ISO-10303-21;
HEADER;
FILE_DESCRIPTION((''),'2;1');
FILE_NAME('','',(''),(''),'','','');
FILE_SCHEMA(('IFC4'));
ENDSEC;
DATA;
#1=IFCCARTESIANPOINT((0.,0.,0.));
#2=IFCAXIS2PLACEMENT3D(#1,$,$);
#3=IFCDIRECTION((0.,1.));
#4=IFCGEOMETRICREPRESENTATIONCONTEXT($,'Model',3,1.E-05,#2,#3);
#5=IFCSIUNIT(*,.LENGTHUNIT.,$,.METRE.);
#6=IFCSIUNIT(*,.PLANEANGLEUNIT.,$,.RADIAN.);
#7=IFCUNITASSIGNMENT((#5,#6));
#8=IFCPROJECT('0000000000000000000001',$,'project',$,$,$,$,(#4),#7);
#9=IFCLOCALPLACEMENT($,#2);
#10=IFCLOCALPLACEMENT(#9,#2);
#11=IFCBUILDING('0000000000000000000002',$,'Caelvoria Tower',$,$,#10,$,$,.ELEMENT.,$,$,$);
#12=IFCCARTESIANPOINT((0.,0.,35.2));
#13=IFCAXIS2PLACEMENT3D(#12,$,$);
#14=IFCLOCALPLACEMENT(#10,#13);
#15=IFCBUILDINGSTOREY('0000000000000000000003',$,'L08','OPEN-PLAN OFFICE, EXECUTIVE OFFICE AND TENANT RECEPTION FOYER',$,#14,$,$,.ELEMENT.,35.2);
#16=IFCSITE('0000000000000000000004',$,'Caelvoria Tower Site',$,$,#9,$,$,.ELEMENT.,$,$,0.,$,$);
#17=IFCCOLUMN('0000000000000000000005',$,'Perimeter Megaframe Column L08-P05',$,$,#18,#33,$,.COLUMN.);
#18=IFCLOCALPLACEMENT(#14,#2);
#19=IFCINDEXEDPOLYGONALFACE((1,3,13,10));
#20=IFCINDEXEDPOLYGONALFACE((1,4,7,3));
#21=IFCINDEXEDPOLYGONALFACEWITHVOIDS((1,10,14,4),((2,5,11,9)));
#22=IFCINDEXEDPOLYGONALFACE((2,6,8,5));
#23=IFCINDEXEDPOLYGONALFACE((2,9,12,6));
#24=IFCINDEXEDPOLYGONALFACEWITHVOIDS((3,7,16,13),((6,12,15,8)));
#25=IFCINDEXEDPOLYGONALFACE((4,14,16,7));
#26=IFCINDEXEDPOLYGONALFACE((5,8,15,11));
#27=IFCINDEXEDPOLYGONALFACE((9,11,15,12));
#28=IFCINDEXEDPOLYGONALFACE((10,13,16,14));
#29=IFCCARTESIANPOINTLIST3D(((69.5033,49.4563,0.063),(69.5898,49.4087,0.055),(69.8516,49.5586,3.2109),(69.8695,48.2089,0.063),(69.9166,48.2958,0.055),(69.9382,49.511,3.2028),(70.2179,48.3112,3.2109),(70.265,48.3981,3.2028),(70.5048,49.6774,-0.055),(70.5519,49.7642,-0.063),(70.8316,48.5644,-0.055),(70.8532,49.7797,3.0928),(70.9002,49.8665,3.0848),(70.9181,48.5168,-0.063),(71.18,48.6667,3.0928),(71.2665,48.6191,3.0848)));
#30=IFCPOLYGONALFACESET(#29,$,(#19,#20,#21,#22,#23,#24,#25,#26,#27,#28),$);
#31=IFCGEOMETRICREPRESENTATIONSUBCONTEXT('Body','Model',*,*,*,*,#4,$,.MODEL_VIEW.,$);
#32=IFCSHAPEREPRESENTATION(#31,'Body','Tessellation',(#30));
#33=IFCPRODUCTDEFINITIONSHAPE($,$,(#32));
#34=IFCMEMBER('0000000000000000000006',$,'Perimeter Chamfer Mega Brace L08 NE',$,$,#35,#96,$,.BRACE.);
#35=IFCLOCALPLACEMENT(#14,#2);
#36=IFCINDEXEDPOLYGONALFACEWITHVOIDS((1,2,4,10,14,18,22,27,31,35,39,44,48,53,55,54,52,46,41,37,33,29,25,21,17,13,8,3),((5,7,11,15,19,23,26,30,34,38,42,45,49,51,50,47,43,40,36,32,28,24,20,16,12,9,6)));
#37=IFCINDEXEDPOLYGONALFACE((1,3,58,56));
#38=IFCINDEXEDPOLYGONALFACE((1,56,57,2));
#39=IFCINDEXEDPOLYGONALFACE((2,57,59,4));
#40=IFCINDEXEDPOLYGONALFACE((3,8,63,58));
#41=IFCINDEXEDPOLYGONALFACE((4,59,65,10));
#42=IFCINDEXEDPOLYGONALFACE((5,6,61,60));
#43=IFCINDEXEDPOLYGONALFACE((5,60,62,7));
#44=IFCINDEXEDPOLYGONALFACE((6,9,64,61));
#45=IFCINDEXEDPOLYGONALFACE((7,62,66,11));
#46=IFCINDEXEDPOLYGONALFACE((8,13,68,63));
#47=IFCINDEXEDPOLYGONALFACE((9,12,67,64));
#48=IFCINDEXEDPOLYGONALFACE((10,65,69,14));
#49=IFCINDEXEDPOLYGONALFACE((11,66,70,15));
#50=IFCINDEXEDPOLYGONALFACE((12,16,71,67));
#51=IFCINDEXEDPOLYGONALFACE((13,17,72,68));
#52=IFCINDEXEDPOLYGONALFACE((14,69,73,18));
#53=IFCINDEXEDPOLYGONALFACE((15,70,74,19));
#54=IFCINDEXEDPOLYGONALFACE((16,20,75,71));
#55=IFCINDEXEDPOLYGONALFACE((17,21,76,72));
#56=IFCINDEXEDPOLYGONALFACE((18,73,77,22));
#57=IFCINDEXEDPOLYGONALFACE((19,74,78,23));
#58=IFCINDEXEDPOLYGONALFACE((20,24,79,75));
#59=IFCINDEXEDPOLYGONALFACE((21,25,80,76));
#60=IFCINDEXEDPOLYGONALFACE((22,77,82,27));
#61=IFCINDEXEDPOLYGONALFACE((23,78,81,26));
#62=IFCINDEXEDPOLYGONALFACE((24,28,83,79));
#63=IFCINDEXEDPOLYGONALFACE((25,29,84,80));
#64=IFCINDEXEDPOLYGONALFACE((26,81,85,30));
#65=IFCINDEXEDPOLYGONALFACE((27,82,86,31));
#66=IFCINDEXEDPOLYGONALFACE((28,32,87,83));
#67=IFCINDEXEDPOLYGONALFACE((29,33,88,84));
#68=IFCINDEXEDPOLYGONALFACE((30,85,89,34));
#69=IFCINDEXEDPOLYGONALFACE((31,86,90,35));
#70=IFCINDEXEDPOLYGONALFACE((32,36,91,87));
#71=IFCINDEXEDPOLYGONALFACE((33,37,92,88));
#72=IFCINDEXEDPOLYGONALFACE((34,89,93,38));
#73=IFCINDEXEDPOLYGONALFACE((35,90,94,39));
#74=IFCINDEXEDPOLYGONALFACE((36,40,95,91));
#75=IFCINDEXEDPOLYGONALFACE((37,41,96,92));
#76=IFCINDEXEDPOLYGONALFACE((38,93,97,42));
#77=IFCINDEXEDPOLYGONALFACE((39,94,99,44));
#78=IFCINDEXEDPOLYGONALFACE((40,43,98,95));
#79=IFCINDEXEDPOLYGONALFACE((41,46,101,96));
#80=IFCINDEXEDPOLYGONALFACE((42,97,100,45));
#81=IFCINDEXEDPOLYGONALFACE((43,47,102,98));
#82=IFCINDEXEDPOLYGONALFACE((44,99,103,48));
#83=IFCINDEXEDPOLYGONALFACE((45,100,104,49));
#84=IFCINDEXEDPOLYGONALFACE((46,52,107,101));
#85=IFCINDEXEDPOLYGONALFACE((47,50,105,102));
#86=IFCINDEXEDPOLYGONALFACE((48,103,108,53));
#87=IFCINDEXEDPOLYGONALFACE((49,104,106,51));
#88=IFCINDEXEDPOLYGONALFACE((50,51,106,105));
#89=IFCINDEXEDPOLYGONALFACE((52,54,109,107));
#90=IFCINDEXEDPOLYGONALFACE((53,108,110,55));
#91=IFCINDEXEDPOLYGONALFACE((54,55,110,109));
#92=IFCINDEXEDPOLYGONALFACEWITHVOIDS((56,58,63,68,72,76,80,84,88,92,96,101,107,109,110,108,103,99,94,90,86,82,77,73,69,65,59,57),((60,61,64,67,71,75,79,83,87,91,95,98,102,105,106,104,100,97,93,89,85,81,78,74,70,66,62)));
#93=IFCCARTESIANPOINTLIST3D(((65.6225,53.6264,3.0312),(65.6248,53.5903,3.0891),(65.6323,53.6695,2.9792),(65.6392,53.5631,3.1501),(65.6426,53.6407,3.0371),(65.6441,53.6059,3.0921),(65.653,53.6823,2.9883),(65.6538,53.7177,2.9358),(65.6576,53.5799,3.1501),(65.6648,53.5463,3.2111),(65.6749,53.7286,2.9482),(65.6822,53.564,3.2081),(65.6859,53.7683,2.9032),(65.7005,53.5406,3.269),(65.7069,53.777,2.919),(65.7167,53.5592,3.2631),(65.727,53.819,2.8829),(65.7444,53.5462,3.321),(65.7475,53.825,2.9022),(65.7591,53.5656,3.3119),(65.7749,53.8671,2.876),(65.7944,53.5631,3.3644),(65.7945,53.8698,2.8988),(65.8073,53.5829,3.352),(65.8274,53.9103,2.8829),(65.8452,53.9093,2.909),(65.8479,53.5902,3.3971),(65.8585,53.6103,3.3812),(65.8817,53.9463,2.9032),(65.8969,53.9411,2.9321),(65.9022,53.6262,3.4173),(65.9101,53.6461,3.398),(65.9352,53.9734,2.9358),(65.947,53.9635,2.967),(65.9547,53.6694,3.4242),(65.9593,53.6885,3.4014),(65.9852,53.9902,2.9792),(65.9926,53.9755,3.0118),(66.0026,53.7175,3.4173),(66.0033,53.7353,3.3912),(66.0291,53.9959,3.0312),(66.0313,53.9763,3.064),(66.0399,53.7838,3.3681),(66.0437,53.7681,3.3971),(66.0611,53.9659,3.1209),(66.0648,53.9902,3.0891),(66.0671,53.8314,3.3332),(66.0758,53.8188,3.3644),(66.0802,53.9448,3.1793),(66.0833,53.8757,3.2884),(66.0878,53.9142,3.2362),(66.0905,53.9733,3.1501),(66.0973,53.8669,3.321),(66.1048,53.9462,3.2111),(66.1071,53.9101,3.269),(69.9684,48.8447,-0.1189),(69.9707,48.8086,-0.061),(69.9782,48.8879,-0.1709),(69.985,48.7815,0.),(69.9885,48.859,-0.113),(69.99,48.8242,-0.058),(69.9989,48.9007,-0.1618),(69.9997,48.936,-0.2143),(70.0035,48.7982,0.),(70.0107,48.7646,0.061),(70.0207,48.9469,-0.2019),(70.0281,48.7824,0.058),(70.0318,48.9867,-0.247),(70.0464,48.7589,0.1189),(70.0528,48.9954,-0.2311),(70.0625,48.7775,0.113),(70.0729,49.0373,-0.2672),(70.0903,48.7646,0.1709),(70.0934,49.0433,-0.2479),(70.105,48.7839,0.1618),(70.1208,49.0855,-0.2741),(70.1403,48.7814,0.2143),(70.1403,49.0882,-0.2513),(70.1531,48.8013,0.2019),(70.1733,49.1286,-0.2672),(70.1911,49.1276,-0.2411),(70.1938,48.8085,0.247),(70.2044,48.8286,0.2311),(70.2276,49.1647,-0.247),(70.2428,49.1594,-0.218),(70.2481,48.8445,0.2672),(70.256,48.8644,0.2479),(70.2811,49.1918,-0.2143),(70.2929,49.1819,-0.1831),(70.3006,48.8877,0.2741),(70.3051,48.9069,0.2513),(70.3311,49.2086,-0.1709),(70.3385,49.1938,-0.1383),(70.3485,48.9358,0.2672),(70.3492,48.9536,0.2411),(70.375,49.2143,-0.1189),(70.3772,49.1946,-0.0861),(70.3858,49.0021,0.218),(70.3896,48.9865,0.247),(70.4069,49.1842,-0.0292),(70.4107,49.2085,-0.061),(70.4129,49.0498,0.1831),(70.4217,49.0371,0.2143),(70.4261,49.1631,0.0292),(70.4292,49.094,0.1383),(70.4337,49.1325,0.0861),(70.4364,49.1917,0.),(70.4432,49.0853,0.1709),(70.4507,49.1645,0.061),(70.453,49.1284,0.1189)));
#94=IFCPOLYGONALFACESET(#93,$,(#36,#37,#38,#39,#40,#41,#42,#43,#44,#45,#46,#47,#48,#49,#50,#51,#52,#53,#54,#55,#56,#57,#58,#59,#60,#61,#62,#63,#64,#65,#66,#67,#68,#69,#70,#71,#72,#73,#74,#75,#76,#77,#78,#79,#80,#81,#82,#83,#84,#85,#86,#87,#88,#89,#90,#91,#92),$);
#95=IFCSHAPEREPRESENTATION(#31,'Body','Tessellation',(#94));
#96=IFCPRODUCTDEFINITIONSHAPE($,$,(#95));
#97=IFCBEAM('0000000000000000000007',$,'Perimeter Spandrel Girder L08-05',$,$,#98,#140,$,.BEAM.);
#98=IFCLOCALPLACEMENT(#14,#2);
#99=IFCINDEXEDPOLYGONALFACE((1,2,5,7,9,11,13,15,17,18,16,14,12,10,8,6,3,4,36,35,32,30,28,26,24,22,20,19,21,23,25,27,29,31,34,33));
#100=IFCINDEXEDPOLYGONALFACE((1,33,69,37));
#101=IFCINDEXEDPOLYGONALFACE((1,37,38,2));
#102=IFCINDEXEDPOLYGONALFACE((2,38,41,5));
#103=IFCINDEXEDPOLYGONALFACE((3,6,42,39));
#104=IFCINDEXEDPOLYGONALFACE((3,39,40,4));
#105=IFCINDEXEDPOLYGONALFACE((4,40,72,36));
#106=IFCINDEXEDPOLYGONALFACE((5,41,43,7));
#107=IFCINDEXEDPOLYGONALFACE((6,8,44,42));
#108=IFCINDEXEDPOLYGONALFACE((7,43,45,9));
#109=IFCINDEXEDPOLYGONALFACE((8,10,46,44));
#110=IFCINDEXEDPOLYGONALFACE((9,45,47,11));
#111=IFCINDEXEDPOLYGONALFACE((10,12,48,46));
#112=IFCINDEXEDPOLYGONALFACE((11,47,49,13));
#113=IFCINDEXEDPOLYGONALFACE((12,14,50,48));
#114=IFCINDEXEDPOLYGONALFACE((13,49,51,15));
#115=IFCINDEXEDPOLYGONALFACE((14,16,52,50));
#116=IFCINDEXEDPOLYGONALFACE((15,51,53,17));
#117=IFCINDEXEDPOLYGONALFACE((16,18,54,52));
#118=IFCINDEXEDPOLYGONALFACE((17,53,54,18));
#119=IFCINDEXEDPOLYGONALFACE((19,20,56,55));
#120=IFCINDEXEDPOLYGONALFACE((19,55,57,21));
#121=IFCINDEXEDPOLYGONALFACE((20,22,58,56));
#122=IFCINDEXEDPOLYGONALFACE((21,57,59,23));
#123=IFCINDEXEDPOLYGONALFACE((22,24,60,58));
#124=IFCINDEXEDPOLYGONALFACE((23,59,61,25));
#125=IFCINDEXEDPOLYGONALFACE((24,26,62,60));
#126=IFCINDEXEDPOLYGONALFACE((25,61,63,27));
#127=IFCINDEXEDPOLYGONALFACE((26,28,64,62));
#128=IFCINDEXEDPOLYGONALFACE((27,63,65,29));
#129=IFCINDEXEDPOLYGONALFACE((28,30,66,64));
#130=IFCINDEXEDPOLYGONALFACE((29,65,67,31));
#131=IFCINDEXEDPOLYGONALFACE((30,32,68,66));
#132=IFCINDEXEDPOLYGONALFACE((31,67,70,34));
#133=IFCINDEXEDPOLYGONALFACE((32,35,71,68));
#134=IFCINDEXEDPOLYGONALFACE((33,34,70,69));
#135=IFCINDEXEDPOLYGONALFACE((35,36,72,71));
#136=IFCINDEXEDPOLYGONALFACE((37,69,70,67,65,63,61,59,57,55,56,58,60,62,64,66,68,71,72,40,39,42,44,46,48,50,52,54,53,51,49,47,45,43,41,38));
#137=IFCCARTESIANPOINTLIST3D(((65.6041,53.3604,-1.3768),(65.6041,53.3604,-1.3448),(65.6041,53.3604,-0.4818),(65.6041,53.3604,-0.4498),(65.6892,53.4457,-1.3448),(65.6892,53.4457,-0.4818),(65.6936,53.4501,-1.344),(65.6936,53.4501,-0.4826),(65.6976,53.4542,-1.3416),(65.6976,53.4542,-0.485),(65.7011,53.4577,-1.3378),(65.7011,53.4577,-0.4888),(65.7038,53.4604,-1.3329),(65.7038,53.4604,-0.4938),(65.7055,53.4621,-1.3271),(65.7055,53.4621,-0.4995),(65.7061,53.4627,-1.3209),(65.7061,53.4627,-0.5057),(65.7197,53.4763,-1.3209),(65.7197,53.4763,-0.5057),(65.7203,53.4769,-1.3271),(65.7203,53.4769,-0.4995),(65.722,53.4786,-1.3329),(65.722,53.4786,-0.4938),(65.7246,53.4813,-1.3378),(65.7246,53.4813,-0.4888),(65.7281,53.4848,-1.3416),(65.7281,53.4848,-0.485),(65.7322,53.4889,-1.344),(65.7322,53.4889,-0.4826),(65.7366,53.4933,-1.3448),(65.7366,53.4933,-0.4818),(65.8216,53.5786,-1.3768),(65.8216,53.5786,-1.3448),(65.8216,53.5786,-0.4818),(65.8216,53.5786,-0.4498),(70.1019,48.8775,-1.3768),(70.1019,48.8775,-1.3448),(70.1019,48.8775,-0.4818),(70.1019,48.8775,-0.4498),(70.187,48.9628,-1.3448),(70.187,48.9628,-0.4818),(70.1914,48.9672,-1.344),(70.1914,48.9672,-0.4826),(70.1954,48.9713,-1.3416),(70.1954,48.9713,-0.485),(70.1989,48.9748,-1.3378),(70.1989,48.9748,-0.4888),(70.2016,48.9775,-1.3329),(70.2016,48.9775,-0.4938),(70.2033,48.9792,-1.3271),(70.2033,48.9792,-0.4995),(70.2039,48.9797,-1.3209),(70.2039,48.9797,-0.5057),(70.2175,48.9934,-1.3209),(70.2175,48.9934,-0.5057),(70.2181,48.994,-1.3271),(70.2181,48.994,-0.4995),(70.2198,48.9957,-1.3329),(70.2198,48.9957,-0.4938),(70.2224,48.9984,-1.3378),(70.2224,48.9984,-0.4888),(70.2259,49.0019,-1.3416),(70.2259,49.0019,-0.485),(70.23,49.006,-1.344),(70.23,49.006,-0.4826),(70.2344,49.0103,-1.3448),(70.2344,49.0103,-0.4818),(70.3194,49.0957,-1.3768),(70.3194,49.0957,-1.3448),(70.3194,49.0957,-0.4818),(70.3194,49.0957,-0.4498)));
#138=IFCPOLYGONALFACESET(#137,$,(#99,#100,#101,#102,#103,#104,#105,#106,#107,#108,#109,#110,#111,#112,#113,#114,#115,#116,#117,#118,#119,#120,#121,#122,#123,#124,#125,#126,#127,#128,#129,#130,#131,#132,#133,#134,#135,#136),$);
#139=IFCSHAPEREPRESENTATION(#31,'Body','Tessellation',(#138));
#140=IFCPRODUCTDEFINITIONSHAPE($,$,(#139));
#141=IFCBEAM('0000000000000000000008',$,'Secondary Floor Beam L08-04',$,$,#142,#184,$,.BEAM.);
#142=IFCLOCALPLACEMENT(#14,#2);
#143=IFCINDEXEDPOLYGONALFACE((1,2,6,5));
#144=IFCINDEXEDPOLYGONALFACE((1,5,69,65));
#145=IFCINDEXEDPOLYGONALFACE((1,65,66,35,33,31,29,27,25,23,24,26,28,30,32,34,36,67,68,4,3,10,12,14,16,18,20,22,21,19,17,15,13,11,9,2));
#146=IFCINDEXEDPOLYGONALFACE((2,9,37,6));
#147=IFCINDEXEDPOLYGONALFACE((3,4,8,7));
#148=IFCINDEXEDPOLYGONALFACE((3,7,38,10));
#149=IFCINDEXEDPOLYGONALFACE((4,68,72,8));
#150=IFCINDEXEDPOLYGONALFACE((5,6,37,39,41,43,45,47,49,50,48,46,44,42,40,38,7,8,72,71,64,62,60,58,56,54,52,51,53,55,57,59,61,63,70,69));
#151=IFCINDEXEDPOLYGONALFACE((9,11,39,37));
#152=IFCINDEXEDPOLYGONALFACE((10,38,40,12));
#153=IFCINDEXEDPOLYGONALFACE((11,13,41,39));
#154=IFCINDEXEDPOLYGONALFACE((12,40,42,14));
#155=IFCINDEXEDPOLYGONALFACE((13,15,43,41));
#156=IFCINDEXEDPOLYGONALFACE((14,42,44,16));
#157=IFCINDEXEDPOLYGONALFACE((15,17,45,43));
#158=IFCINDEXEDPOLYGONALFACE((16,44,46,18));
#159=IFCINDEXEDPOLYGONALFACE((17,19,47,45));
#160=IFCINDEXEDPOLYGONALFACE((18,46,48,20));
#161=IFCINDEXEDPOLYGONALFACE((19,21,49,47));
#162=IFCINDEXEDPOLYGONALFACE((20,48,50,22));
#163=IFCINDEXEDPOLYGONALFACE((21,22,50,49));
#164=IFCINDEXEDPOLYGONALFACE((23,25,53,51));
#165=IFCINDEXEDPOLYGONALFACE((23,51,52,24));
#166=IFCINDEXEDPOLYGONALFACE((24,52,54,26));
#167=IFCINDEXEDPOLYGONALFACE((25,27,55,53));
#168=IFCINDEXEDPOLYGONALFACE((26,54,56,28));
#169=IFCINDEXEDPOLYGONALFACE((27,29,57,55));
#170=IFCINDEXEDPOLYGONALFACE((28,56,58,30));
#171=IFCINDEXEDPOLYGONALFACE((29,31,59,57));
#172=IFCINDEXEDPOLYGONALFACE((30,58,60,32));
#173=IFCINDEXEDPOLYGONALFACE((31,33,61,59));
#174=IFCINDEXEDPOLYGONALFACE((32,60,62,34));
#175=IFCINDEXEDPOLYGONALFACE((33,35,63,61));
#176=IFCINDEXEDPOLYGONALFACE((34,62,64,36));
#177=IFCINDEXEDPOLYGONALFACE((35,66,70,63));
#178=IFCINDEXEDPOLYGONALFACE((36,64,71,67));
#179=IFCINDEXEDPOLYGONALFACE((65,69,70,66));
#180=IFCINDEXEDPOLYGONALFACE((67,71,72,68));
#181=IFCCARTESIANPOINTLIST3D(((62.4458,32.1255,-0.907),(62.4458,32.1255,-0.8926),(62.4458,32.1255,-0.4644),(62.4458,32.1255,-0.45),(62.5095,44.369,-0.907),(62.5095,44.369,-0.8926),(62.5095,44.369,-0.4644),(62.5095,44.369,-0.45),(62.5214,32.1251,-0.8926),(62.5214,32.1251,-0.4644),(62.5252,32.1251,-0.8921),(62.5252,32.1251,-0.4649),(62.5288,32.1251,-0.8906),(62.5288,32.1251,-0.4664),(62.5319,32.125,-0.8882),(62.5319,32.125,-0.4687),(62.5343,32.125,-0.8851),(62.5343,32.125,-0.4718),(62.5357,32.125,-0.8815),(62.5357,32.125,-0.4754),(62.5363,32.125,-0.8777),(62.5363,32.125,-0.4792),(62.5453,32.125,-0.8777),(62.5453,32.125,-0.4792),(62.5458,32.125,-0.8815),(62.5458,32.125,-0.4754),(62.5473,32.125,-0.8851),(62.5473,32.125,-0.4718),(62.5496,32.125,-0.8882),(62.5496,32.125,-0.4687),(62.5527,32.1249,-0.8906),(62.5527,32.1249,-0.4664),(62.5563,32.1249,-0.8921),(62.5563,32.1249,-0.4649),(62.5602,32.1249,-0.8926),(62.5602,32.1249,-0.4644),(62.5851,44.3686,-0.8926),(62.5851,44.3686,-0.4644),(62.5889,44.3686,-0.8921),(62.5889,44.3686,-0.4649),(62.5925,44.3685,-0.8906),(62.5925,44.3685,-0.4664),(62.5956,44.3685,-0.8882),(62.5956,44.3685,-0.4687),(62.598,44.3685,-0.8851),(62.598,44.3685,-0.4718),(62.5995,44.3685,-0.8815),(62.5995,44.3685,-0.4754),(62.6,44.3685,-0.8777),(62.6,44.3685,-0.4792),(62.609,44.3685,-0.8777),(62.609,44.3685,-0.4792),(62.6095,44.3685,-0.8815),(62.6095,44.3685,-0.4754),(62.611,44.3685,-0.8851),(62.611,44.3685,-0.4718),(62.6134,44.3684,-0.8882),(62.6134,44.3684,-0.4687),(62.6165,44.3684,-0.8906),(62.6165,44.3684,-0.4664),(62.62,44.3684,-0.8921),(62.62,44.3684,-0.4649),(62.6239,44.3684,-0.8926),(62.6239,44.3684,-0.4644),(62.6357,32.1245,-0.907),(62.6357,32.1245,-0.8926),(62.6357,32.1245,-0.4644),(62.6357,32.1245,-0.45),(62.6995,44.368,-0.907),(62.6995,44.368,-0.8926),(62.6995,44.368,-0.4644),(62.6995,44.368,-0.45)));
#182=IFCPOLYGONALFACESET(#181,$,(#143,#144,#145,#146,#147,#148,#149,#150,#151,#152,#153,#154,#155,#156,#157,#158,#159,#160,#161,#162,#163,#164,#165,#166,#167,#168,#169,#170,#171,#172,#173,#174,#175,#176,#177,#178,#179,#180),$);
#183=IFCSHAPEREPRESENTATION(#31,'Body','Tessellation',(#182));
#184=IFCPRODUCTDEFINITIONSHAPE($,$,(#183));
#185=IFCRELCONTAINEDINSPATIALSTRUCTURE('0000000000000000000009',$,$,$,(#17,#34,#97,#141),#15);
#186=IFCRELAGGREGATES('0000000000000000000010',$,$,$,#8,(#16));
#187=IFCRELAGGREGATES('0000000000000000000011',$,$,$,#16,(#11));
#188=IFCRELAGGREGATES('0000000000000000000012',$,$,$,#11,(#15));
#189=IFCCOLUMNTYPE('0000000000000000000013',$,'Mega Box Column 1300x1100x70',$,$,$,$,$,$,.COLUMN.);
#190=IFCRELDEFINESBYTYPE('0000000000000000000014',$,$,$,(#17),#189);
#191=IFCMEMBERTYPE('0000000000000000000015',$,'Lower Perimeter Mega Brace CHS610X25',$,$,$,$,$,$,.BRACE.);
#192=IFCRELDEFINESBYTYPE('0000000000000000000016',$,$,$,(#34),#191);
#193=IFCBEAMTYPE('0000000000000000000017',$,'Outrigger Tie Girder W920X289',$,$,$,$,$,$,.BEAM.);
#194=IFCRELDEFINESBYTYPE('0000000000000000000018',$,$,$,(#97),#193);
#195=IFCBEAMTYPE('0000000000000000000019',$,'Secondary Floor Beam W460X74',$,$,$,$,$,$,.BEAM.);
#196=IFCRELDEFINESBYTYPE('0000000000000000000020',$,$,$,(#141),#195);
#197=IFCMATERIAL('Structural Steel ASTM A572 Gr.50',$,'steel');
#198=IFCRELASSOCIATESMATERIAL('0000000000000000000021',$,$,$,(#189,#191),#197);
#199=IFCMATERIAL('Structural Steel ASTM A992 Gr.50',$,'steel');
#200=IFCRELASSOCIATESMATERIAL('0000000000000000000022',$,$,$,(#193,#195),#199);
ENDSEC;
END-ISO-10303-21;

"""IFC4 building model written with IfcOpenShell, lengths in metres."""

from ifc_helpers import new_model, si_unit, direction, frame, origin, origin_2d, place, context, subcontext, project, spatial, hollow_rectangle, hollow_circle, i_section, extrude, material, material_profile, profile_set, type_object, element, save


model = new_model("IFC4")

# Units and contexts
model_context = context("Model", 3, precision=1e-05, world=origin(), true_north=direction((0.0, 1.0)))
body_context = subcontext(model_context, "Body", "Model", "MODEL_VIEW")
ifc_project = project(units=[si_unit("LENGTHUNIT", "METRE"), si_unit("PLANEANGLEUNIT", "RADIAN")], contexts=[model_context])

# Site, building, storey
site_placement = place(None, origin())
site = spatial("IfcSite", under=ifc_project, at=site_placement, Name="Caelvoria Tower Site", CompositionType="ELEMENT", RefElevation=0.0)
building_placement = place(site_placement, origin())
building = spatial("IfcBuilding", under=site, at=building_placement, Name="Caelvoria Tower", CompositionType="ELEMENT")
storey_placement = place(building_placement, frame((0.0, 0.0, 35.2)))
storey = spatial("IfcBuildingStorey", under=building, at=storey_placement, Name="L08", Description="OPEN-PLAN OFFICE, EXECUTIVE OFFICE AND TENANT RECEPTION FOYER", CompositionType="ELEMENT", Elevation=35.2)

# Column
ifc_material_1 = material(Name="Structural Steel ASTM A572 Gr.50", Category="steel")
ifc_material_profile_1 = material_profile(ifc_material_1, hollow_rectangle(XDim=1.1001, YDim=1.3, WallThickness=0.0701, at=origin_2d()), Name="Structural Steel ASTM A572 Gr.50")
ifc_profile_set_1 = profile_set([ifc_material_profile_1], Name="BOX1300X1100X70 - Structural Steel ASTM A572 Gr.50")
column_type = type_object("IfcColumnType", Name="Mega Box Column 1300x1100x70", PredefinedType="COLUMN", material=ifc_profile_set_1)
column_placement = place(storey_placement, frame((70.2107, 48.9866, 0.0), z_axis=(0.109943, 0.032282, 0.993414), x_axis=(-0.953174, -0.279874, 0.114584)))
element("IfcColumn", 1, at=column_placement, inside=storey, type_object=column_type, Name="Perimeter Megaframe Column L08-P05", PredefinedType="COLUMN", context=body_context, shape_type="SweptSolid", body=[
    extrude(hollow_rectangle(XDim=1.1001, YDim=1.3, WallThickness=0.0701, at=origin_2d()), origin(), (0.0, 0.0, 1.0), 3.1687),
])

# Member
ifc_material_profile_2 = material_profile(ifc_material_1, hollow_circle(Radius=0.3049, WallThickness=0.0249, at=origin_2d()), Name="Structural Steel ASTM A572 Gr.50")
ifc_profile_set_2 = profile_set([ifc_material_profile_2], Name="CHS610X25 - Structural Steel ASTM A572 Gr.50")
member_type = type_object("IfcMemberType", Name="Lower Perimeter Mega Brace CHS610X25", PredefinedType="BRACE", material=ifc_profile_set_2)
member_placement = place(storey_placement, frame((70.2107, 48.9866, 0.0), z_axis=(-0.604563, 0.665185, 0.438215), x_axis=(-0.740024, -0.672581, 0.0)))
element("IfcMember", 2, at=member_placement, inside=storey, type_object=member_type, Name="Perimeter Chamfer Mega Brace L08 NE", PredefinedType="BRACE", context=body_context, shape_type="SweptSolid", body=[
    extrude(hollow_circle(Radius=0.3049, WallThickness=0.0249, at=origin_2d()), origin(), (0.0, 0.0, 1.0), 7.1885),
])

# Beams
ifc_material_2 = material(Name="Structural Steel ASTM A992 Gr.50", Category="steel")
ifc_material_profile_3 = material_profile(ifc_material_2, i_section(OverallWidth=0.3081, OverallDepth=0.927, WebThickness=0.0193, FlangeThickness=0.032, FilletRadius=0.0239, at=origin_2d()), Name="Structural Steel ASTM A992 Gr.50")
ifc_profile_set_3 = profile_set([ifc_material_profile_3], Name="W920X289 - Structural Steel ASTM A992 Gr.50")
beam_type_1 = type_object("IfcBeamType", Name="Outrigger Tie Girder W920X289", PredefinedType="BEAM", material=ifc_profile_set_3)
beam_1_placement = place(storey_placement, frame((70.2107, 48.9866, -0.9133), z_axis=(-0.708278, 0.705933, 0.0), x_axis=(-0.705933, -0.708278, 0.0)))
element("IfcBeam", 3, at=beam_1_placement, inside=storey, type_object=beam_type_1, Name="Perimeter Spandrel Girder L08-05", PredefinedType="BEAM", context=body_context, shape_type="SweptSolid", body=[
    extrude(i_section(OverallWidth=0.3081, OverallDepth=0.927, WebThickness=0.0193, FlangeThickness=0.032, FilletRadius=0.0239, at=origin_2d()), origin(), (0.0, 0.0, 1.0), 6.3503),
])
ifc_material_profile_4 = material_profile(ifc_material_2, i_section(OverallWidth=0.1899, OverallDepth=0.457, WebThickness=0.009, FlangeThickness=0.0144, FilletRadius=0.0149, at=origin_2d()), Name="Structural Steel ASTM A992 Gr.50")
ifc_profile_set_4 = profile_set([ifc_material_profile_4], Name="W460X74 - Structural Steel ASTM A992 Gr.50")
beam_type_2 = type_object("IfcBeamType", Name="Secondary Floor Beam W460X74", PredefinedType="BEAM", material=ifc_profile_set_4)
beam_2_placement = place(storey_placement, frame((62.5408, 32.125, -0.6785), z_axis=(0.005204, 0.999986, 0.0), x_axis=(-0.999986, 0.005204, 0.0)))
element("IfcBeam", 4, at=beam_2_placement, inside=storey, type_object=beam_type_2, Name="Secondary Floor Beam L08-04", PredefinedType="BEAM", context=body_context, shape_type="SweptSolid", body=[
    extrude(i_section(OverallWidth=0.1899, OverallDepth=0.457, WebThickness=0.009, FlangeThickness=0.0144, FilletRadius=0.0149, at=origin_2d()), origin(), (0.0, 0.0, 1.0), 12.2437),
])

save(model, "model.ifc")
